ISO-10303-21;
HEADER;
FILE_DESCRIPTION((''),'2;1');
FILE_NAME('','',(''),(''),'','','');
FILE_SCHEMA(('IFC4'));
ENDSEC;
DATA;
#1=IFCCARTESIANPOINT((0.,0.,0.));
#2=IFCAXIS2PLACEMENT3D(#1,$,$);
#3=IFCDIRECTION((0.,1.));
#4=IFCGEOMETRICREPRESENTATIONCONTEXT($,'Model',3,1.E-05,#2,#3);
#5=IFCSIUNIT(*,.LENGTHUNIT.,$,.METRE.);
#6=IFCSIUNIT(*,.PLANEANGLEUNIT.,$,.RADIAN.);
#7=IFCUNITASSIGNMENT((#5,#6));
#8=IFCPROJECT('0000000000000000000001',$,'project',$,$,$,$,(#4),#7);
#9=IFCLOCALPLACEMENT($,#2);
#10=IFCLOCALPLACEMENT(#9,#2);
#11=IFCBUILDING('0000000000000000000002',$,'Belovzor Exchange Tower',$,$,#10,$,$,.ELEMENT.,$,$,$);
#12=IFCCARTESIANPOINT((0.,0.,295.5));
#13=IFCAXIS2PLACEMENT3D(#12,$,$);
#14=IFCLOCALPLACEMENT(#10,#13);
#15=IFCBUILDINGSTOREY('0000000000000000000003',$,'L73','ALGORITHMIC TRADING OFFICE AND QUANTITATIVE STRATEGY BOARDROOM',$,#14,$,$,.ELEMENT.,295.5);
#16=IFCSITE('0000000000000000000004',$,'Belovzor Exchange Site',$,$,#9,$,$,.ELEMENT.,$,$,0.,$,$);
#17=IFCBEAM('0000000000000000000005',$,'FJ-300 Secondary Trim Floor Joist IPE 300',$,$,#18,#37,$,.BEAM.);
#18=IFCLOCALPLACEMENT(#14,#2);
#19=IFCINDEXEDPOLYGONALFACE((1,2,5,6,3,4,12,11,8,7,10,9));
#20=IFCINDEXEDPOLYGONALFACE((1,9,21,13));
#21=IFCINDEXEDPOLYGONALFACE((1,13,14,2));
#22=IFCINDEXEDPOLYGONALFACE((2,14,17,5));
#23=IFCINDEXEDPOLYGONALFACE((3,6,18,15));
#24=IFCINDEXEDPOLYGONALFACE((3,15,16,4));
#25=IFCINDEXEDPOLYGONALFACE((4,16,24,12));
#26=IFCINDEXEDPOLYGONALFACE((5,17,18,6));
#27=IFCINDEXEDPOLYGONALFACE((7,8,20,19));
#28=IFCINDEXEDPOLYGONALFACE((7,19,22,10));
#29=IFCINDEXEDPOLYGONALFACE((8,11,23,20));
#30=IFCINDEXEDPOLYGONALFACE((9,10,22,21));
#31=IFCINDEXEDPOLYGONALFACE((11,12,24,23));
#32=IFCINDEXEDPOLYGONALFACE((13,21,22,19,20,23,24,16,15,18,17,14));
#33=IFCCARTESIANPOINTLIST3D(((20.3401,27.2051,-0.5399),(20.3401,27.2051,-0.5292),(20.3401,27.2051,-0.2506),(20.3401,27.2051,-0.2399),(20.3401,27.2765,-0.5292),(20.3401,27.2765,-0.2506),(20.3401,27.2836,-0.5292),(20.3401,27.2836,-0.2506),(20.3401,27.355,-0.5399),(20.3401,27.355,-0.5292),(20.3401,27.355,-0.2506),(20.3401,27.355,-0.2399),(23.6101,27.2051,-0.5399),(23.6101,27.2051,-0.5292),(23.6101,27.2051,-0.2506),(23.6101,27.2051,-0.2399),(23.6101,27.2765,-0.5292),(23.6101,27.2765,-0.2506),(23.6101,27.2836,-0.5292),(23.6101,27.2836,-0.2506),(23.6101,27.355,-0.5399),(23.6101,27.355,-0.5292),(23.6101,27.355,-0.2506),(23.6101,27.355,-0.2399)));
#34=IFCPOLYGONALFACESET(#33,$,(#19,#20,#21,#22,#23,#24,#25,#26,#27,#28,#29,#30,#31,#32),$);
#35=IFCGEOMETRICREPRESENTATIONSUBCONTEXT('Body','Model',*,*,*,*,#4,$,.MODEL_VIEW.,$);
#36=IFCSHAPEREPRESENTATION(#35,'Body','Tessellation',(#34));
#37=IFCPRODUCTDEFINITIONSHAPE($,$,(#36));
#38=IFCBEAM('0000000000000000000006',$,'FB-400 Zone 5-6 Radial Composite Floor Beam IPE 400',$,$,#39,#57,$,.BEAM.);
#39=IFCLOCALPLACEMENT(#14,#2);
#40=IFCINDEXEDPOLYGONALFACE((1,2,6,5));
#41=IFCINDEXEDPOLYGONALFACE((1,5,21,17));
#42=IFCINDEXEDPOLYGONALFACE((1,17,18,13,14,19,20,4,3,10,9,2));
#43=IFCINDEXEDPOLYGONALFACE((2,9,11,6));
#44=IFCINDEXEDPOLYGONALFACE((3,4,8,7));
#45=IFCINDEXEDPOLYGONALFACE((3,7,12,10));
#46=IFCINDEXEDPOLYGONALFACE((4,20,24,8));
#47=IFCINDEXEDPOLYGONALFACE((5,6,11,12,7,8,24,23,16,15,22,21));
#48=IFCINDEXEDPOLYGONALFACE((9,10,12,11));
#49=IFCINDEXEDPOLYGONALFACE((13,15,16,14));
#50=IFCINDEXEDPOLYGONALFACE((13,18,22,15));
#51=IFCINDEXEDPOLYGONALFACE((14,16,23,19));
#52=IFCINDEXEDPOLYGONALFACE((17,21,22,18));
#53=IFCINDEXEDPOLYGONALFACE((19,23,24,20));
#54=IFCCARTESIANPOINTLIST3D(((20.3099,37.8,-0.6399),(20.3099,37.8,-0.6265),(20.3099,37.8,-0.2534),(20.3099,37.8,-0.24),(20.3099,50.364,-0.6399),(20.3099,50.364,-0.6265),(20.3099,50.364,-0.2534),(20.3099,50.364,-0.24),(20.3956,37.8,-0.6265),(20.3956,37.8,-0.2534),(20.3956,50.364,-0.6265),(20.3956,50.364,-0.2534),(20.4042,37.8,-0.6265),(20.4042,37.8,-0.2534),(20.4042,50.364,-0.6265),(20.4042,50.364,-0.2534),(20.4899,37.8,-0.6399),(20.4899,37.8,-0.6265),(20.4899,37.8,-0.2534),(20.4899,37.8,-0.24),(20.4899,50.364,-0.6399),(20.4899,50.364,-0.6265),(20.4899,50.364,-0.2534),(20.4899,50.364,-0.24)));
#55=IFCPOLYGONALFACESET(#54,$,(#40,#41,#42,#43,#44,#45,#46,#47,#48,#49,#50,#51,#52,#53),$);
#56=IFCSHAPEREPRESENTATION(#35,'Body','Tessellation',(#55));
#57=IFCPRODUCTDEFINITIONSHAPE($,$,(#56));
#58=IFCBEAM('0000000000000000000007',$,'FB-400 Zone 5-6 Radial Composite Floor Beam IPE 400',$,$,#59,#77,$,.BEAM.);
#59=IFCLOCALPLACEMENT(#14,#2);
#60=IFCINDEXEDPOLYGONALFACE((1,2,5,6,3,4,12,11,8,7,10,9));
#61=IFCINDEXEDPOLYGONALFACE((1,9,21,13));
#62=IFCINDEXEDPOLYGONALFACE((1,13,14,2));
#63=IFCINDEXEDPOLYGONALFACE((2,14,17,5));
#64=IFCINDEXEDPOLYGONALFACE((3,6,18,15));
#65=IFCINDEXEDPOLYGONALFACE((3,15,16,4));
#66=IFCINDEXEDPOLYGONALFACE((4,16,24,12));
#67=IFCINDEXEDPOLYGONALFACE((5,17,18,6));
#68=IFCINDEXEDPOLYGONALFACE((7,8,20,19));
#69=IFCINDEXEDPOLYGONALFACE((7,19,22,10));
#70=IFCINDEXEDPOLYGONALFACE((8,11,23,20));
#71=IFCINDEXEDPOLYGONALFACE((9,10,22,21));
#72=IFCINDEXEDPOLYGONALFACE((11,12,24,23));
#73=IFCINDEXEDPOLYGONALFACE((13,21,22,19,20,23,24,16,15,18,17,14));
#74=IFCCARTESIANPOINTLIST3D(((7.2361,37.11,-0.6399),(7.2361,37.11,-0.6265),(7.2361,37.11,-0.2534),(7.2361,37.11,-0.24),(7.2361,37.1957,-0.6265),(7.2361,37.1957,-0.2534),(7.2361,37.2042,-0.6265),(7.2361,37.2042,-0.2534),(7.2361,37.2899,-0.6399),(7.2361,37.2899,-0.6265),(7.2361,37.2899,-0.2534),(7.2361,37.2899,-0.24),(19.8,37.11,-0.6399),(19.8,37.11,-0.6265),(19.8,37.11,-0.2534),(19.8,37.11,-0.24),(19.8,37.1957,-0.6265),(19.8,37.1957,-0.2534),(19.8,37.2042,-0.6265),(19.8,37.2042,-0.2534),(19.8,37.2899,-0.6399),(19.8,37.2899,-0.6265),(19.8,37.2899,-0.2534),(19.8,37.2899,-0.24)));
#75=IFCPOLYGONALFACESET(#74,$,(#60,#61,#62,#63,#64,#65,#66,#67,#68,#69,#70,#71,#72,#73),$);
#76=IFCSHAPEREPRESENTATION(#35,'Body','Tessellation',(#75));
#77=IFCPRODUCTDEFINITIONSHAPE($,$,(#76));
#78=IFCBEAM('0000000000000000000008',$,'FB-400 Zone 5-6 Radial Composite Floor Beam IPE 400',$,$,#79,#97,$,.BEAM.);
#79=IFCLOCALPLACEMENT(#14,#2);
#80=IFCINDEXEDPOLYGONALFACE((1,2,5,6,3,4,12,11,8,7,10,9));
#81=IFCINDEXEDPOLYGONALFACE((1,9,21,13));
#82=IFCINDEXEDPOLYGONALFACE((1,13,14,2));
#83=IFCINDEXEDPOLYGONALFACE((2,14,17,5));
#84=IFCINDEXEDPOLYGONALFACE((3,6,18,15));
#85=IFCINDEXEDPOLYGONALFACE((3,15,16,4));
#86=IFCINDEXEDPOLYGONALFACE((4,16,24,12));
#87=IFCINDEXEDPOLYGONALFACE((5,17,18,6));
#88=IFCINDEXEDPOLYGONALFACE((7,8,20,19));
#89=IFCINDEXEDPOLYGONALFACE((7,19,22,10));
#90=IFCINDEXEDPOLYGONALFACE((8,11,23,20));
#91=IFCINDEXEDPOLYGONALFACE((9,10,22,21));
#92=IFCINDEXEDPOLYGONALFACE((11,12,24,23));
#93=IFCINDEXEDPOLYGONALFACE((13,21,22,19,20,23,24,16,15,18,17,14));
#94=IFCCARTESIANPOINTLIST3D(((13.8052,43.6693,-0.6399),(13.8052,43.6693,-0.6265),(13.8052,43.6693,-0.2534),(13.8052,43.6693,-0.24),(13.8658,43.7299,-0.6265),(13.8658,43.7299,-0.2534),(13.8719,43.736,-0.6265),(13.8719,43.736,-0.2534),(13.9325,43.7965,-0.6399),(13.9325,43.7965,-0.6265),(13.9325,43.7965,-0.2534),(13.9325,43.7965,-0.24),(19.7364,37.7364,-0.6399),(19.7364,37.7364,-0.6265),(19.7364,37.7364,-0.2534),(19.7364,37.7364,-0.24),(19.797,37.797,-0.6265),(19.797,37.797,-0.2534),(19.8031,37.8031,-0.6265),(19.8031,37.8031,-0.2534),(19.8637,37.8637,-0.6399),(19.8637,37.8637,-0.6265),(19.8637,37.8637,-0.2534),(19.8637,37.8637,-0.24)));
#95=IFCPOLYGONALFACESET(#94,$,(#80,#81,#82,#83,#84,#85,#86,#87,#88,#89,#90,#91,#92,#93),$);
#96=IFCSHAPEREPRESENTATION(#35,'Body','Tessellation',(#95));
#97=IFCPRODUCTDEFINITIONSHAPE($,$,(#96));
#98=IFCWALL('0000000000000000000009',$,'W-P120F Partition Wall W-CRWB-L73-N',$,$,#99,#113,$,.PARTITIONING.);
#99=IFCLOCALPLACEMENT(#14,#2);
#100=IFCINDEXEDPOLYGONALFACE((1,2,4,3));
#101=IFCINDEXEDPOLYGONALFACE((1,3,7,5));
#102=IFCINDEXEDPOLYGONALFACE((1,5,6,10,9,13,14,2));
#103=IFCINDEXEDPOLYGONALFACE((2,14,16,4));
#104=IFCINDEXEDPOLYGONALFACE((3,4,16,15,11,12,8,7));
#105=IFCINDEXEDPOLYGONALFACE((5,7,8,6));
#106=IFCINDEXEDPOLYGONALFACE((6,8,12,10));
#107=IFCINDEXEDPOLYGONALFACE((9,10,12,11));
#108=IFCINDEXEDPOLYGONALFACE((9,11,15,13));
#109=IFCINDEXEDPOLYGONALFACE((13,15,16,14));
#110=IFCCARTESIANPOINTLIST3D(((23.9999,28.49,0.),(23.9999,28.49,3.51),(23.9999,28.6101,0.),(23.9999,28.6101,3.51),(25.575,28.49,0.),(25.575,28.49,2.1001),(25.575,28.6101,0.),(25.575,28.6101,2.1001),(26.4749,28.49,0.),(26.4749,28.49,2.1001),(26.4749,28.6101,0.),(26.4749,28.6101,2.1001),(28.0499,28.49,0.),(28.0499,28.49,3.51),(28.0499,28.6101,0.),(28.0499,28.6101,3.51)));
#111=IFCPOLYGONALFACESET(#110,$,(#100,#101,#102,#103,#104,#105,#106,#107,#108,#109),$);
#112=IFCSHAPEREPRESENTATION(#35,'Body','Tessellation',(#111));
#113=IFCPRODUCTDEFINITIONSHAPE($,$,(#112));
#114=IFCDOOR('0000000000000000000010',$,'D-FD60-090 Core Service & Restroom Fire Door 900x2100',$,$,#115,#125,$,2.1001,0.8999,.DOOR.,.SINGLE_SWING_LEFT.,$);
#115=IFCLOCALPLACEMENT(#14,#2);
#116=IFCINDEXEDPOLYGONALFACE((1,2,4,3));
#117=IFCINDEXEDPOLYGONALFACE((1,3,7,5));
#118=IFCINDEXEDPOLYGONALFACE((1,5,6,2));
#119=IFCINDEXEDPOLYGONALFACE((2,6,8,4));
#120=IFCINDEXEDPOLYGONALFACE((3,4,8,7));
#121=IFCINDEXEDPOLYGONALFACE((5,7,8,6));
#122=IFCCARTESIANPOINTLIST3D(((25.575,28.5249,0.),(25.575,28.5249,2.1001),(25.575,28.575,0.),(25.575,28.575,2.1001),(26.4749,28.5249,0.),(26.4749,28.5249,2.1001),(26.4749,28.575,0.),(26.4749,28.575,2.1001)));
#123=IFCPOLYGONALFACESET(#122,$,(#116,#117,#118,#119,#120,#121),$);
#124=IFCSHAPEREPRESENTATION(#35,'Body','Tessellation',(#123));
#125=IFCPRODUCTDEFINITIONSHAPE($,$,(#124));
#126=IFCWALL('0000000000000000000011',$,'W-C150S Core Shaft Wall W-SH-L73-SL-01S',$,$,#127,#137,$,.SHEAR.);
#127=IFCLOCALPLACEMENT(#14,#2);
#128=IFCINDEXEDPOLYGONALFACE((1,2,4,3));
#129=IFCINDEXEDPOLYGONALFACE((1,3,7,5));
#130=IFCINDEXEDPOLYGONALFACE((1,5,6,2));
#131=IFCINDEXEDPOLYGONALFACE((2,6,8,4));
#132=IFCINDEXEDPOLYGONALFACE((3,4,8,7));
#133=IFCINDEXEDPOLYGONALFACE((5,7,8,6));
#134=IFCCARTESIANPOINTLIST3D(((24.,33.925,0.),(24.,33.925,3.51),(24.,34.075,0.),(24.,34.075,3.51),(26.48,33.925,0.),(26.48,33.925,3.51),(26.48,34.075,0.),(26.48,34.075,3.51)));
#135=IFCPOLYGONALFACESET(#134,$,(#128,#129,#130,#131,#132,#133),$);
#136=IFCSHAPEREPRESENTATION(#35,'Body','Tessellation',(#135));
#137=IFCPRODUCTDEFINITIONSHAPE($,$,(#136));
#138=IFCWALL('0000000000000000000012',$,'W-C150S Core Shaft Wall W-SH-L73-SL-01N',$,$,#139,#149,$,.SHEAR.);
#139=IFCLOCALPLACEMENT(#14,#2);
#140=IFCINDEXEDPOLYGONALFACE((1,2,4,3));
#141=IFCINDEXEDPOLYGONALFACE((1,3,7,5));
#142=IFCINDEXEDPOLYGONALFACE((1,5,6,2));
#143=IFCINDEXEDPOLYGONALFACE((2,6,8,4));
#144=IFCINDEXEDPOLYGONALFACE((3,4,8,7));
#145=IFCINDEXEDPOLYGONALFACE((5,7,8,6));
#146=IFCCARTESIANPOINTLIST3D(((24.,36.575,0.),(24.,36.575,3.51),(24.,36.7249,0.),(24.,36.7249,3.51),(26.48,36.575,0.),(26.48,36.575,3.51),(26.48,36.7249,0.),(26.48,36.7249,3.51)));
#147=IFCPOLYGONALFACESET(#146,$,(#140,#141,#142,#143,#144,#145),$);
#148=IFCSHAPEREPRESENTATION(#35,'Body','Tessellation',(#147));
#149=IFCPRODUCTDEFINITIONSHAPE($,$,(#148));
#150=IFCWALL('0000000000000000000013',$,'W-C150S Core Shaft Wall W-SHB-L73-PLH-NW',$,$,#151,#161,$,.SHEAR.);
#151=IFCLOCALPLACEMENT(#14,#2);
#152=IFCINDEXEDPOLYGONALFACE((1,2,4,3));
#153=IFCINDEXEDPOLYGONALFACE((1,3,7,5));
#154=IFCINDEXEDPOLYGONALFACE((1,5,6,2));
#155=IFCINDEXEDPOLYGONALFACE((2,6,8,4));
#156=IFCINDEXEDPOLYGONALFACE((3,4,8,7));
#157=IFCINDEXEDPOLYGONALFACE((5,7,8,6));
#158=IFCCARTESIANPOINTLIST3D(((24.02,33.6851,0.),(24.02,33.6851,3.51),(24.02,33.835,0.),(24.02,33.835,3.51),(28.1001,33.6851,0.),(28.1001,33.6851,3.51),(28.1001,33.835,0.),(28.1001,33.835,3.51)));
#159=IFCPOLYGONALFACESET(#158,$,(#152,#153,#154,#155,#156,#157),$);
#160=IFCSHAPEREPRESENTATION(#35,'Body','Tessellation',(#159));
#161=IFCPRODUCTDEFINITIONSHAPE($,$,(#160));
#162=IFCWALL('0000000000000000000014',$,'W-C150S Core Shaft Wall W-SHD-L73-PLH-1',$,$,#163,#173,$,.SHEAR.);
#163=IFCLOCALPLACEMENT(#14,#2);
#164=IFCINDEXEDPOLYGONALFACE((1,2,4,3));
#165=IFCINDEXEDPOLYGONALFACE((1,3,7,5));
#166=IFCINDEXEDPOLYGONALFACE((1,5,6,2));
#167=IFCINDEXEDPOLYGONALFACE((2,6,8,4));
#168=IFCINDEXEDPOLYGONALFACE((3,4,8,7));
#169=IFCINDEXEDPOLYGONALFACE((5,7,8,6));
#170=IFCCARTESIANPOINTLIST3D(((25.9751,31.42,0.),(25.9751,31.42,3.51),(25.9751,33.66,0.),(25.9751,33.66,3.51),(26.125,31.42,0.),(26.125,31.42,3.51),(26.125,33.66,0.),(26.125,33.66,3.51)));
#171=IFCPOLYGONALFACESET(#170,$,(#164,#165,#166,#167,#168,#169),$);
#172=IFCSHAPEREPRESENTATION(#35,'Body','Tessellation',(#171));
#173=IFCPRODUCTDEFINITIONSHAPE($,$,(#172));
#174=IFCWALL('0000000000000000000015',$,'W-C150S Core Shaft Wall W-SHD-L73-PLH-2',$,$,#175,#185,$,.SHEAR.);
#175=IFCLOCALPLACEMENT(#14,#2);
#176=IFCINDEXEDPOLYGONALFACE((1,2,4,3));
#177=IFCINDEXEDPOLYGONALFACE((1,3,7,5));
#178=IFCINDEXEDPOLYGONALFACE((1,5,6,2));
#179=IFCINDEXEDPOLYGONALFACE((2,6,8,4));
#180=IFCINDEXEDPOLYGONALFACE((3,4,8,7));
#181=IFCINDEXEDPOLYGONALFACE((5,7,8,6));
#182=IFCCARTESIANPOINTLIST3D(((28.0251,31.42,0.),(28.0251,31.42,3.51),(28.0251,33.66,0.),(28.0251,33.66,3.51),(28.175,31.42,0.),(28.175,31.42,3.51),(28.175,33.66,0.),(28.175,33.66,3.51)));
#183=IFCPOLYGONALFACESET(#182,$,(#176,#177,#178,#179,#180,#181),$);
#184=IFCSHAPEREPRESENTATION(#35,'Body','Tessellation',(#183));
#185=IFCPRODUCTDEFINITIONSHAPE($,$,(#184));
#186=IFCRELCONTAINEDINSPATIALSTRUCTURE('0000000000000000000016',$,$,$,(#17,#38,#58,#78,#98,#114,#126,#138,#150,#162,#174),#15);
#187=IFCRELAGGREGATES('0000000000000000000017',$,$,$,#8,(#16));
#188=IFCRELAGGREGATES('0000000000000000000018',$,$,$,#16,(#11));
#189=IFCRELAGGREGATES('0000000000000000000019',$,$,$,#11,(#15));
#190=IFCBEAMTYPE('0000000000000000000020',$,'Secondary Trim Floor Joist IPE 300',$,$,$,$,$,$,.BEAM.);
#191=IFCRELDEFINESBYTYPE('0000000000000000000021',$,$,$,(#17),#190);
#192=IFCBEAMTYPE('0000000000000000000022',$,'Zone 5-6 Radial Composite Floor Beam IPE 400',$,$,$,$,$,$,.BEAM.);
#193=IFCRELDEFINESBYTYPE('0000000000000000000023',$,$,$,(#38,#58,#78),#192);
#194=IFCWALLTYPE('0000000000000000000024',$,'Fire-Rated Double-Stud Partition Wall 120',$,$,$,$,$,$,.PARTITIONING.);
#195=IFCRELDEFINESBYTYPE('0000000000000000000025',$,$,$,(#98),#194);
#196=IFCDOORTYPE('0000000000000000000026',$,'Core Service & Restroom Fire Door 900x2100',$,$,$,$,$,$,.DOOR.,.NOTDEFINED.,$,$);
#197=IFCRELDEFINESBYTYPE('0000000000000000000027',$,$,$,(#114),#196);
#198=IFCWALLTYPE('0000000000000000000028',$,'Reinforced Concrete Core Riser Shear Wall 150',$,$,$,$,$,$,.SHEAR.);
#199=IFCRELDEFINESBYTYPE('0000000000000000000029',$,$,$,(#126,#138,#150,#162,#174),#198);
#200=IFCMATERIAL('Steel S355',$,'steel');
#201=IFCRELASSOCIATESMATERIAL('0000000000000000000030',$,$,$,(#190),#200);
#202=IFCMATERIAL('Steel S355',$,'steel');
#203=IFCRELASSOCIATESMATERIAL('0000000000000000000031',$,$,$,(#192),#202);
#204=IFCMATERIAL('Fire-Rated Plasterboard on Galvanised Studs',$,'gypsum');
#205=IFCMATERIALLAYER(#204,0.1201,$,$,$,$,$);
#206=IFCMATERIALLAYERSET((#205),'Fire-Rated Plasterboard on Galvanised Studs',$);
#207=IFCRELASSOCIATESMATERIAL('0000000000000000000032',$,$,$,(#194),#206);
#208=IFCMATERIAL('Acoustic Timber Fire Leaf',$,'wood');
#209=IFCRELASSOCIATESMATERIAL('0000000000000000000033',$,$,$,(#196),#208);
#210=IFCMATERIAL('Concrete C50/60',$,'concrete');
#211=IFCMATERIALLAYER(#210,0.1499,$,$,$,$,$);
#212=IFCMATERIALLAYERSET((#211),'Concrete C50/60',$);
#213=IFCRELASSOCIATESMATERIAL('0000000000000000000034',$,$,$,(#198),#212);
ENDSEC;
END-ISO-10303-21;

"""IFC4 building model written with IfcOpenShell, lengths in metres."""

from ifc_helpers import new_model, si_unit, direction, frame, frame_2d, origin, origin_2d, place, context, subcontext, project, spatial, rectangle, i_section, extrude, material, layer, layer_set, material_profile, profile_set, type_object, element, fill, save


model = new_model("IFC4")

# Units and contexts
model_context = context("Model", 3, precision=1e-05, world=origin(), true_north=direction((0.0, 1.0)))
body_context = subcontext(model_context, "Body", "Model", "MODEL_VIEW")
ifc_project = project(units=[si_unit("LENGTHUNIT", "METRE"), si_unit("PLANEANGLEUNIT", "RADIAN")], contexts=[model_context])

# Site, building, storey
site_placement = place(None, origin())
site = spatial("IfcSite", under=ifc_project, at=site_placement, Name="Belovzor Exchange Site", CompositionType="ELEMENT", RefElevation=0.0)
building_placement = place(site_placement, origin())
building = spatial("IfcBuilding", under=site, at=building_placement, Name="Belovzor Exchange Tower", CompositionType="ELEMENT")
storey_placement = place(building_placement, frame((0.0, 0.0, 295.5)))
storey = spatial("IfcBuildingStorey", under=building, at=storey_placement, Name="L73", Description="ALGORITHMIC TRADING OFFICE AND QUANTITATIVE STRATEGY BOARDROOM", CompositionType="ELEMENT", Elevation=295.5)

# Beams
ifc_material_1 = material(Name="Steel S355", Category="steel")
ifc_material_profile_1 = material_profile(ifc_material_1, i_section(OverallWidth=0.1499, OverallDepth=0.3, WebThickness=0.0071, FlangeThickness=0.0107, at=origin_2d()))
ifc_profile_set_1 = profile_set([ifc_material_profile_1], Name="Steel S355")
beam_type_1 = type_object("IfcBeamType", Name="Secondary Trim Floor Joist IPE 300", PredefinedType="BEAM", material=ifc_profile_set_1)
beam_1_placement = place(storey_placement, frame((20.3401, 27.28, -0.3899), z_axis=(1.0, 0.0, 0.0), x_axis=(0.0, 1.0, 0.0)))
element("IfcBeam", 1, at=beam_1_placement, inside=storey, type_object=beam_type_1, Name="FJ-300 Secondary Trim Floor Joist IPE 300", PredefinedType="BEAM", context=body_context, shape_type="SweptSolid", body=[
    extrude(i_section(OverallWidth=0.1499, OverallDepth=0.3, WebThickness=0.0071, FlangeThickness=0.0107, at=origin_2d()), origin(), (0.0, 0.0, 1.0), 3.27),
])
ifc_material_2 = material(Name="Steel S355", Category="steel")
ifc_material_profile_2 = material_profile(ifc_material_2, i_section(OverallWidth=0.1799, OverallDepth=0.3999, WebThickness=0.0085, FlangeThickness=0.0134, at=origin_2d()))
ifc_profile_set_2 = profile_set([ifc_material_profile_2], Name="Steel S355")
beam_type_2 = type_object("IfcBeamType", Name="Zone 5-6 Radial Composite Floor Beam IPE 400", PredefinedType="BEAM", material=ifc_profile_set_2)
for number, where, z_axis, x_axis, name in (
    (2, (20.3999, 37.8, -0.4399), (0.0, 1.0, 0.0), (-1.0, 0.0, 0.0), "FB-400 Zone 5-6 Radial Composite Floor Beam IPE 400"),
    (3, (19.8, 37.2, -0.4399), (-1.0, 0.0, 0.0), (0.0, -1.0, 0.0), "FB-400 Zone 5-6 Radial Composite Floor Beam IPE 400"),
):
    element("IfcBeam", number, at=place(storey_placement, frame(where, z_axis=z_axis, x_axis=x_axis)), inside=storey, type_object=beam_type_2, Name=name, PredefinedType="BEAM", context=body_context, shape_type="SweptSolid", body=[
        extrude(i_section(OverallWidth=0.1799, OverallDepth=0.3999, WebThickness=0.0085, FlangeThickness=0.0134, at=origin_2d()), origin(), (0.0, 0.0, 1.0), 12.564),
    ])
beam_2_placement = place(storey_placement, frame((19.8, 37.8, -0.4399), z_axis=(-0.707005, 0.707209, 0.0), x_axis=(-0.707209, -0.707005, 0.0)))
element("IfcBeam", 4, at=beam_2_placement, inside=storey, type_object=beam_type_2, Name="FB-400 Zone 5-6 Radial Composite Floor Beam IPE 400", PredefinedType="BEAM", context=body_context, shape_type="SweptSolid", body=[
    extrude(i_section(OverallWidth=0.1799, OverallDepth=0.3999, WebThickness=0.0085, FlangeThickness=0.0134, at=origin_2d()), origin(), (0.0, 0.0, 1.0), 8.3892),
])

# Wall, opening, door
ifc_material_3 = material(Name="Fire-Rated Plasterboard on Galvanised Studs", Category="gypsum")
ifc_layer_1 = layer(ifc_material_3, 0.1201)
ifc_layer_set_1 = layer_set([ifc_layer_1], Name="Fire-Rated Plasterboard on Galvanised Studs")
wall_type_1 = type_object("IfcWallType", Name="Fire-Rated Double-Stud Partition Wall 120", PredefinedType="PARTITIONING", material=ifc_layer_set_1)
wall_1_placement = place(storey_placement, frame((24.0, 28.55, 0.0), z_axis=(0.0, 0.0, 1.0), x_axis=(1.0, 0.0, 0.0)))
wall_1 = element("IfcWall", 5, at=wall_1_placement, inside=storey, type_object=wall_type_1, Name="W-P120F Partition Wall W-CRWB-L73-N", PredefinedType="PARTITIONING", context=body_context, shape_type="SweptSolid", body=[
    extrude(rectangle(XDim=4.05, YDim=0.1201, at=frame_2d((2.0249, 0.0))), origin(), (0.0, 0.0, 1.0), 3.51),
])
opening_1_placement = place(wall_1_placement, frame((1.575, 0.0, 0.0)))
opening_1 = element("IfcOpeningElement", 6, at=opening_1_placement, cuts=wall_1, PredefinedType="OPENING", context=body_context, shape_type="SweptSolid", body=[
    extrude(rectangle(XDim=0.8999, YDim=2.1001, at=frame_2d((0.45, 1.05))), frame((0.0, 0.0701, 0.0), z_axis=(0.0, -1.0, 0.0), x_axis=(1.0, 0.0, 0.0)), (0.0, 0.0, 1.0), 0.1401),
])
ifc_material_4 = material(Name="Acoustic Timber Fire Leaf", Category="wood")
door_type_1 = type_object("IfcDoorType", Name="Core Service & Restroom Fire Door 900x2100", OperationType="NOTDEFINED", PredefinedType="DOOR", material=ifc_material_4)
door_1_placement = place(opening_1_placement, origin())
door_1 = element("IfcDoor", 7, at=door_1_placement, inside=storey, type_object=door_type_1, Name="D-FD60-090 Core Service & Restroom Fire Door 900x2100", OperationType="SINGLE_SWING_LEFT", OverallHeight=2.1001, OverallWidth=0.8999, PredefinedType="DOOR", context=body_context, shape_type="SweptSolid", body=[
    extrude(rectangle(XDim=0.8999, YDim=2.1001, at=frame_2d((0.45, 1.05))), frame((0.0, 0.0249, 0.0), z_axis=(0.0, -1.0, 0.0), x_axis=(1.0, 0.0, 0.0)), (0.0, 0.0, 1.0), 0.05),
])
fill(opening_1, door_1)

# Walls
ifc_material_5 = material(Name="Concrete C50/60", Category="concrete")
ifc_layer_2 = layer(ifc_material_5, 0.1499)
ifc_layer_set_2 = layer_set([ifc_layer_2], Name="Concrete C50/60")
wall_type_2 = type_object("IfcWallType", Name="Reinforced Concrete Core Riser Shear Wall 150", PredefinedType="SHEAR", material=ifc_layer_set_2)
for number, where, z_axis, x_axis, name in (
    (8, (24.0, 34.0, 0.0), (0.0, 0.0, 1.0), (1.0, 0.0, 0.0), "W-C150S Core Shaft Wall W-SH-L73-SL-01S"),
    (9, (24.0, 36.6499, 0.0), (0.0, 0.0, 1.0), (1.0, 0.0, 0.0), "W-C150S Core Shaft Wall W-SH-L73-SL-01N"),
):
    element("IfcWall", number, at=place(storey_placement, frame(where, z_axis=z_axis, x_axis=x_axis)), inside=storey, type_object=wall_type_2, Name=name, PredefinedType="SHEAR", context=body_context, shape_type="SweptSolid", body=[
        extrude(rectangle(XDim=2.48, YDim=0.1499, at=frame_2d((1.24, 0.0))), origin(), (0.0, 0.0, 1.0), 3.51),
    ])
wall_2_placement = place(storey_placement, frame((24.02, 33.76, 0.0), z_axis=(0.0, 0.0, 1.0), x_axis=(1.0, 0.0, 0.0)))
element("IfcWall", 10, at=wall_2_placement, inside=storey, type_object=wall_type_2, Name="W-C150S Core Shaft Wall W-SHB-L73-PLH-NW", PredefinedType="SHEAR", context=body_context, shape_type="SweptSolid", body=[
    extrude(rectangle(XDim=4.0801, YDim=0.1499, at=frame_2d((2.04, 0.0))), origin(), (0.0, 0.0, 1.0), 3.51),
])
for number, where, z_axis, x_axis, name in (
    (11, (26.05, 31.4199, 0.0), (0.0, 0.0, 1.0), (0.0, 1.0, 0.0), "W-C150S Core Shaft Wall W-SHD-L73-PLH-1"),
    (12, (28.1001, 31.4199, 0.0), (0.0, 0.0, 1.0), (0.0, 1.0, 0.0), "W-C150S Core Shaft Wall W-SHD-L73-PLH-2"),
):
    element("IfcWall", number, at=place(storey_placement, frame(where, z_axis=z_axis, x_axis=x_axis)), inside=storey, type_object=wall_type_2, Name=name, PredefinedType="SHEAR", context=body_context, shape_type="SweptSolid", body=[
        extrude(rectangle(XDim=2.24, YDim=0.1499, at=frame_2d((1.1201, 0.0))), origin(), (0.0, 0.0, 1.0), 3.51),
    ])

save(model, "model.ifc")
